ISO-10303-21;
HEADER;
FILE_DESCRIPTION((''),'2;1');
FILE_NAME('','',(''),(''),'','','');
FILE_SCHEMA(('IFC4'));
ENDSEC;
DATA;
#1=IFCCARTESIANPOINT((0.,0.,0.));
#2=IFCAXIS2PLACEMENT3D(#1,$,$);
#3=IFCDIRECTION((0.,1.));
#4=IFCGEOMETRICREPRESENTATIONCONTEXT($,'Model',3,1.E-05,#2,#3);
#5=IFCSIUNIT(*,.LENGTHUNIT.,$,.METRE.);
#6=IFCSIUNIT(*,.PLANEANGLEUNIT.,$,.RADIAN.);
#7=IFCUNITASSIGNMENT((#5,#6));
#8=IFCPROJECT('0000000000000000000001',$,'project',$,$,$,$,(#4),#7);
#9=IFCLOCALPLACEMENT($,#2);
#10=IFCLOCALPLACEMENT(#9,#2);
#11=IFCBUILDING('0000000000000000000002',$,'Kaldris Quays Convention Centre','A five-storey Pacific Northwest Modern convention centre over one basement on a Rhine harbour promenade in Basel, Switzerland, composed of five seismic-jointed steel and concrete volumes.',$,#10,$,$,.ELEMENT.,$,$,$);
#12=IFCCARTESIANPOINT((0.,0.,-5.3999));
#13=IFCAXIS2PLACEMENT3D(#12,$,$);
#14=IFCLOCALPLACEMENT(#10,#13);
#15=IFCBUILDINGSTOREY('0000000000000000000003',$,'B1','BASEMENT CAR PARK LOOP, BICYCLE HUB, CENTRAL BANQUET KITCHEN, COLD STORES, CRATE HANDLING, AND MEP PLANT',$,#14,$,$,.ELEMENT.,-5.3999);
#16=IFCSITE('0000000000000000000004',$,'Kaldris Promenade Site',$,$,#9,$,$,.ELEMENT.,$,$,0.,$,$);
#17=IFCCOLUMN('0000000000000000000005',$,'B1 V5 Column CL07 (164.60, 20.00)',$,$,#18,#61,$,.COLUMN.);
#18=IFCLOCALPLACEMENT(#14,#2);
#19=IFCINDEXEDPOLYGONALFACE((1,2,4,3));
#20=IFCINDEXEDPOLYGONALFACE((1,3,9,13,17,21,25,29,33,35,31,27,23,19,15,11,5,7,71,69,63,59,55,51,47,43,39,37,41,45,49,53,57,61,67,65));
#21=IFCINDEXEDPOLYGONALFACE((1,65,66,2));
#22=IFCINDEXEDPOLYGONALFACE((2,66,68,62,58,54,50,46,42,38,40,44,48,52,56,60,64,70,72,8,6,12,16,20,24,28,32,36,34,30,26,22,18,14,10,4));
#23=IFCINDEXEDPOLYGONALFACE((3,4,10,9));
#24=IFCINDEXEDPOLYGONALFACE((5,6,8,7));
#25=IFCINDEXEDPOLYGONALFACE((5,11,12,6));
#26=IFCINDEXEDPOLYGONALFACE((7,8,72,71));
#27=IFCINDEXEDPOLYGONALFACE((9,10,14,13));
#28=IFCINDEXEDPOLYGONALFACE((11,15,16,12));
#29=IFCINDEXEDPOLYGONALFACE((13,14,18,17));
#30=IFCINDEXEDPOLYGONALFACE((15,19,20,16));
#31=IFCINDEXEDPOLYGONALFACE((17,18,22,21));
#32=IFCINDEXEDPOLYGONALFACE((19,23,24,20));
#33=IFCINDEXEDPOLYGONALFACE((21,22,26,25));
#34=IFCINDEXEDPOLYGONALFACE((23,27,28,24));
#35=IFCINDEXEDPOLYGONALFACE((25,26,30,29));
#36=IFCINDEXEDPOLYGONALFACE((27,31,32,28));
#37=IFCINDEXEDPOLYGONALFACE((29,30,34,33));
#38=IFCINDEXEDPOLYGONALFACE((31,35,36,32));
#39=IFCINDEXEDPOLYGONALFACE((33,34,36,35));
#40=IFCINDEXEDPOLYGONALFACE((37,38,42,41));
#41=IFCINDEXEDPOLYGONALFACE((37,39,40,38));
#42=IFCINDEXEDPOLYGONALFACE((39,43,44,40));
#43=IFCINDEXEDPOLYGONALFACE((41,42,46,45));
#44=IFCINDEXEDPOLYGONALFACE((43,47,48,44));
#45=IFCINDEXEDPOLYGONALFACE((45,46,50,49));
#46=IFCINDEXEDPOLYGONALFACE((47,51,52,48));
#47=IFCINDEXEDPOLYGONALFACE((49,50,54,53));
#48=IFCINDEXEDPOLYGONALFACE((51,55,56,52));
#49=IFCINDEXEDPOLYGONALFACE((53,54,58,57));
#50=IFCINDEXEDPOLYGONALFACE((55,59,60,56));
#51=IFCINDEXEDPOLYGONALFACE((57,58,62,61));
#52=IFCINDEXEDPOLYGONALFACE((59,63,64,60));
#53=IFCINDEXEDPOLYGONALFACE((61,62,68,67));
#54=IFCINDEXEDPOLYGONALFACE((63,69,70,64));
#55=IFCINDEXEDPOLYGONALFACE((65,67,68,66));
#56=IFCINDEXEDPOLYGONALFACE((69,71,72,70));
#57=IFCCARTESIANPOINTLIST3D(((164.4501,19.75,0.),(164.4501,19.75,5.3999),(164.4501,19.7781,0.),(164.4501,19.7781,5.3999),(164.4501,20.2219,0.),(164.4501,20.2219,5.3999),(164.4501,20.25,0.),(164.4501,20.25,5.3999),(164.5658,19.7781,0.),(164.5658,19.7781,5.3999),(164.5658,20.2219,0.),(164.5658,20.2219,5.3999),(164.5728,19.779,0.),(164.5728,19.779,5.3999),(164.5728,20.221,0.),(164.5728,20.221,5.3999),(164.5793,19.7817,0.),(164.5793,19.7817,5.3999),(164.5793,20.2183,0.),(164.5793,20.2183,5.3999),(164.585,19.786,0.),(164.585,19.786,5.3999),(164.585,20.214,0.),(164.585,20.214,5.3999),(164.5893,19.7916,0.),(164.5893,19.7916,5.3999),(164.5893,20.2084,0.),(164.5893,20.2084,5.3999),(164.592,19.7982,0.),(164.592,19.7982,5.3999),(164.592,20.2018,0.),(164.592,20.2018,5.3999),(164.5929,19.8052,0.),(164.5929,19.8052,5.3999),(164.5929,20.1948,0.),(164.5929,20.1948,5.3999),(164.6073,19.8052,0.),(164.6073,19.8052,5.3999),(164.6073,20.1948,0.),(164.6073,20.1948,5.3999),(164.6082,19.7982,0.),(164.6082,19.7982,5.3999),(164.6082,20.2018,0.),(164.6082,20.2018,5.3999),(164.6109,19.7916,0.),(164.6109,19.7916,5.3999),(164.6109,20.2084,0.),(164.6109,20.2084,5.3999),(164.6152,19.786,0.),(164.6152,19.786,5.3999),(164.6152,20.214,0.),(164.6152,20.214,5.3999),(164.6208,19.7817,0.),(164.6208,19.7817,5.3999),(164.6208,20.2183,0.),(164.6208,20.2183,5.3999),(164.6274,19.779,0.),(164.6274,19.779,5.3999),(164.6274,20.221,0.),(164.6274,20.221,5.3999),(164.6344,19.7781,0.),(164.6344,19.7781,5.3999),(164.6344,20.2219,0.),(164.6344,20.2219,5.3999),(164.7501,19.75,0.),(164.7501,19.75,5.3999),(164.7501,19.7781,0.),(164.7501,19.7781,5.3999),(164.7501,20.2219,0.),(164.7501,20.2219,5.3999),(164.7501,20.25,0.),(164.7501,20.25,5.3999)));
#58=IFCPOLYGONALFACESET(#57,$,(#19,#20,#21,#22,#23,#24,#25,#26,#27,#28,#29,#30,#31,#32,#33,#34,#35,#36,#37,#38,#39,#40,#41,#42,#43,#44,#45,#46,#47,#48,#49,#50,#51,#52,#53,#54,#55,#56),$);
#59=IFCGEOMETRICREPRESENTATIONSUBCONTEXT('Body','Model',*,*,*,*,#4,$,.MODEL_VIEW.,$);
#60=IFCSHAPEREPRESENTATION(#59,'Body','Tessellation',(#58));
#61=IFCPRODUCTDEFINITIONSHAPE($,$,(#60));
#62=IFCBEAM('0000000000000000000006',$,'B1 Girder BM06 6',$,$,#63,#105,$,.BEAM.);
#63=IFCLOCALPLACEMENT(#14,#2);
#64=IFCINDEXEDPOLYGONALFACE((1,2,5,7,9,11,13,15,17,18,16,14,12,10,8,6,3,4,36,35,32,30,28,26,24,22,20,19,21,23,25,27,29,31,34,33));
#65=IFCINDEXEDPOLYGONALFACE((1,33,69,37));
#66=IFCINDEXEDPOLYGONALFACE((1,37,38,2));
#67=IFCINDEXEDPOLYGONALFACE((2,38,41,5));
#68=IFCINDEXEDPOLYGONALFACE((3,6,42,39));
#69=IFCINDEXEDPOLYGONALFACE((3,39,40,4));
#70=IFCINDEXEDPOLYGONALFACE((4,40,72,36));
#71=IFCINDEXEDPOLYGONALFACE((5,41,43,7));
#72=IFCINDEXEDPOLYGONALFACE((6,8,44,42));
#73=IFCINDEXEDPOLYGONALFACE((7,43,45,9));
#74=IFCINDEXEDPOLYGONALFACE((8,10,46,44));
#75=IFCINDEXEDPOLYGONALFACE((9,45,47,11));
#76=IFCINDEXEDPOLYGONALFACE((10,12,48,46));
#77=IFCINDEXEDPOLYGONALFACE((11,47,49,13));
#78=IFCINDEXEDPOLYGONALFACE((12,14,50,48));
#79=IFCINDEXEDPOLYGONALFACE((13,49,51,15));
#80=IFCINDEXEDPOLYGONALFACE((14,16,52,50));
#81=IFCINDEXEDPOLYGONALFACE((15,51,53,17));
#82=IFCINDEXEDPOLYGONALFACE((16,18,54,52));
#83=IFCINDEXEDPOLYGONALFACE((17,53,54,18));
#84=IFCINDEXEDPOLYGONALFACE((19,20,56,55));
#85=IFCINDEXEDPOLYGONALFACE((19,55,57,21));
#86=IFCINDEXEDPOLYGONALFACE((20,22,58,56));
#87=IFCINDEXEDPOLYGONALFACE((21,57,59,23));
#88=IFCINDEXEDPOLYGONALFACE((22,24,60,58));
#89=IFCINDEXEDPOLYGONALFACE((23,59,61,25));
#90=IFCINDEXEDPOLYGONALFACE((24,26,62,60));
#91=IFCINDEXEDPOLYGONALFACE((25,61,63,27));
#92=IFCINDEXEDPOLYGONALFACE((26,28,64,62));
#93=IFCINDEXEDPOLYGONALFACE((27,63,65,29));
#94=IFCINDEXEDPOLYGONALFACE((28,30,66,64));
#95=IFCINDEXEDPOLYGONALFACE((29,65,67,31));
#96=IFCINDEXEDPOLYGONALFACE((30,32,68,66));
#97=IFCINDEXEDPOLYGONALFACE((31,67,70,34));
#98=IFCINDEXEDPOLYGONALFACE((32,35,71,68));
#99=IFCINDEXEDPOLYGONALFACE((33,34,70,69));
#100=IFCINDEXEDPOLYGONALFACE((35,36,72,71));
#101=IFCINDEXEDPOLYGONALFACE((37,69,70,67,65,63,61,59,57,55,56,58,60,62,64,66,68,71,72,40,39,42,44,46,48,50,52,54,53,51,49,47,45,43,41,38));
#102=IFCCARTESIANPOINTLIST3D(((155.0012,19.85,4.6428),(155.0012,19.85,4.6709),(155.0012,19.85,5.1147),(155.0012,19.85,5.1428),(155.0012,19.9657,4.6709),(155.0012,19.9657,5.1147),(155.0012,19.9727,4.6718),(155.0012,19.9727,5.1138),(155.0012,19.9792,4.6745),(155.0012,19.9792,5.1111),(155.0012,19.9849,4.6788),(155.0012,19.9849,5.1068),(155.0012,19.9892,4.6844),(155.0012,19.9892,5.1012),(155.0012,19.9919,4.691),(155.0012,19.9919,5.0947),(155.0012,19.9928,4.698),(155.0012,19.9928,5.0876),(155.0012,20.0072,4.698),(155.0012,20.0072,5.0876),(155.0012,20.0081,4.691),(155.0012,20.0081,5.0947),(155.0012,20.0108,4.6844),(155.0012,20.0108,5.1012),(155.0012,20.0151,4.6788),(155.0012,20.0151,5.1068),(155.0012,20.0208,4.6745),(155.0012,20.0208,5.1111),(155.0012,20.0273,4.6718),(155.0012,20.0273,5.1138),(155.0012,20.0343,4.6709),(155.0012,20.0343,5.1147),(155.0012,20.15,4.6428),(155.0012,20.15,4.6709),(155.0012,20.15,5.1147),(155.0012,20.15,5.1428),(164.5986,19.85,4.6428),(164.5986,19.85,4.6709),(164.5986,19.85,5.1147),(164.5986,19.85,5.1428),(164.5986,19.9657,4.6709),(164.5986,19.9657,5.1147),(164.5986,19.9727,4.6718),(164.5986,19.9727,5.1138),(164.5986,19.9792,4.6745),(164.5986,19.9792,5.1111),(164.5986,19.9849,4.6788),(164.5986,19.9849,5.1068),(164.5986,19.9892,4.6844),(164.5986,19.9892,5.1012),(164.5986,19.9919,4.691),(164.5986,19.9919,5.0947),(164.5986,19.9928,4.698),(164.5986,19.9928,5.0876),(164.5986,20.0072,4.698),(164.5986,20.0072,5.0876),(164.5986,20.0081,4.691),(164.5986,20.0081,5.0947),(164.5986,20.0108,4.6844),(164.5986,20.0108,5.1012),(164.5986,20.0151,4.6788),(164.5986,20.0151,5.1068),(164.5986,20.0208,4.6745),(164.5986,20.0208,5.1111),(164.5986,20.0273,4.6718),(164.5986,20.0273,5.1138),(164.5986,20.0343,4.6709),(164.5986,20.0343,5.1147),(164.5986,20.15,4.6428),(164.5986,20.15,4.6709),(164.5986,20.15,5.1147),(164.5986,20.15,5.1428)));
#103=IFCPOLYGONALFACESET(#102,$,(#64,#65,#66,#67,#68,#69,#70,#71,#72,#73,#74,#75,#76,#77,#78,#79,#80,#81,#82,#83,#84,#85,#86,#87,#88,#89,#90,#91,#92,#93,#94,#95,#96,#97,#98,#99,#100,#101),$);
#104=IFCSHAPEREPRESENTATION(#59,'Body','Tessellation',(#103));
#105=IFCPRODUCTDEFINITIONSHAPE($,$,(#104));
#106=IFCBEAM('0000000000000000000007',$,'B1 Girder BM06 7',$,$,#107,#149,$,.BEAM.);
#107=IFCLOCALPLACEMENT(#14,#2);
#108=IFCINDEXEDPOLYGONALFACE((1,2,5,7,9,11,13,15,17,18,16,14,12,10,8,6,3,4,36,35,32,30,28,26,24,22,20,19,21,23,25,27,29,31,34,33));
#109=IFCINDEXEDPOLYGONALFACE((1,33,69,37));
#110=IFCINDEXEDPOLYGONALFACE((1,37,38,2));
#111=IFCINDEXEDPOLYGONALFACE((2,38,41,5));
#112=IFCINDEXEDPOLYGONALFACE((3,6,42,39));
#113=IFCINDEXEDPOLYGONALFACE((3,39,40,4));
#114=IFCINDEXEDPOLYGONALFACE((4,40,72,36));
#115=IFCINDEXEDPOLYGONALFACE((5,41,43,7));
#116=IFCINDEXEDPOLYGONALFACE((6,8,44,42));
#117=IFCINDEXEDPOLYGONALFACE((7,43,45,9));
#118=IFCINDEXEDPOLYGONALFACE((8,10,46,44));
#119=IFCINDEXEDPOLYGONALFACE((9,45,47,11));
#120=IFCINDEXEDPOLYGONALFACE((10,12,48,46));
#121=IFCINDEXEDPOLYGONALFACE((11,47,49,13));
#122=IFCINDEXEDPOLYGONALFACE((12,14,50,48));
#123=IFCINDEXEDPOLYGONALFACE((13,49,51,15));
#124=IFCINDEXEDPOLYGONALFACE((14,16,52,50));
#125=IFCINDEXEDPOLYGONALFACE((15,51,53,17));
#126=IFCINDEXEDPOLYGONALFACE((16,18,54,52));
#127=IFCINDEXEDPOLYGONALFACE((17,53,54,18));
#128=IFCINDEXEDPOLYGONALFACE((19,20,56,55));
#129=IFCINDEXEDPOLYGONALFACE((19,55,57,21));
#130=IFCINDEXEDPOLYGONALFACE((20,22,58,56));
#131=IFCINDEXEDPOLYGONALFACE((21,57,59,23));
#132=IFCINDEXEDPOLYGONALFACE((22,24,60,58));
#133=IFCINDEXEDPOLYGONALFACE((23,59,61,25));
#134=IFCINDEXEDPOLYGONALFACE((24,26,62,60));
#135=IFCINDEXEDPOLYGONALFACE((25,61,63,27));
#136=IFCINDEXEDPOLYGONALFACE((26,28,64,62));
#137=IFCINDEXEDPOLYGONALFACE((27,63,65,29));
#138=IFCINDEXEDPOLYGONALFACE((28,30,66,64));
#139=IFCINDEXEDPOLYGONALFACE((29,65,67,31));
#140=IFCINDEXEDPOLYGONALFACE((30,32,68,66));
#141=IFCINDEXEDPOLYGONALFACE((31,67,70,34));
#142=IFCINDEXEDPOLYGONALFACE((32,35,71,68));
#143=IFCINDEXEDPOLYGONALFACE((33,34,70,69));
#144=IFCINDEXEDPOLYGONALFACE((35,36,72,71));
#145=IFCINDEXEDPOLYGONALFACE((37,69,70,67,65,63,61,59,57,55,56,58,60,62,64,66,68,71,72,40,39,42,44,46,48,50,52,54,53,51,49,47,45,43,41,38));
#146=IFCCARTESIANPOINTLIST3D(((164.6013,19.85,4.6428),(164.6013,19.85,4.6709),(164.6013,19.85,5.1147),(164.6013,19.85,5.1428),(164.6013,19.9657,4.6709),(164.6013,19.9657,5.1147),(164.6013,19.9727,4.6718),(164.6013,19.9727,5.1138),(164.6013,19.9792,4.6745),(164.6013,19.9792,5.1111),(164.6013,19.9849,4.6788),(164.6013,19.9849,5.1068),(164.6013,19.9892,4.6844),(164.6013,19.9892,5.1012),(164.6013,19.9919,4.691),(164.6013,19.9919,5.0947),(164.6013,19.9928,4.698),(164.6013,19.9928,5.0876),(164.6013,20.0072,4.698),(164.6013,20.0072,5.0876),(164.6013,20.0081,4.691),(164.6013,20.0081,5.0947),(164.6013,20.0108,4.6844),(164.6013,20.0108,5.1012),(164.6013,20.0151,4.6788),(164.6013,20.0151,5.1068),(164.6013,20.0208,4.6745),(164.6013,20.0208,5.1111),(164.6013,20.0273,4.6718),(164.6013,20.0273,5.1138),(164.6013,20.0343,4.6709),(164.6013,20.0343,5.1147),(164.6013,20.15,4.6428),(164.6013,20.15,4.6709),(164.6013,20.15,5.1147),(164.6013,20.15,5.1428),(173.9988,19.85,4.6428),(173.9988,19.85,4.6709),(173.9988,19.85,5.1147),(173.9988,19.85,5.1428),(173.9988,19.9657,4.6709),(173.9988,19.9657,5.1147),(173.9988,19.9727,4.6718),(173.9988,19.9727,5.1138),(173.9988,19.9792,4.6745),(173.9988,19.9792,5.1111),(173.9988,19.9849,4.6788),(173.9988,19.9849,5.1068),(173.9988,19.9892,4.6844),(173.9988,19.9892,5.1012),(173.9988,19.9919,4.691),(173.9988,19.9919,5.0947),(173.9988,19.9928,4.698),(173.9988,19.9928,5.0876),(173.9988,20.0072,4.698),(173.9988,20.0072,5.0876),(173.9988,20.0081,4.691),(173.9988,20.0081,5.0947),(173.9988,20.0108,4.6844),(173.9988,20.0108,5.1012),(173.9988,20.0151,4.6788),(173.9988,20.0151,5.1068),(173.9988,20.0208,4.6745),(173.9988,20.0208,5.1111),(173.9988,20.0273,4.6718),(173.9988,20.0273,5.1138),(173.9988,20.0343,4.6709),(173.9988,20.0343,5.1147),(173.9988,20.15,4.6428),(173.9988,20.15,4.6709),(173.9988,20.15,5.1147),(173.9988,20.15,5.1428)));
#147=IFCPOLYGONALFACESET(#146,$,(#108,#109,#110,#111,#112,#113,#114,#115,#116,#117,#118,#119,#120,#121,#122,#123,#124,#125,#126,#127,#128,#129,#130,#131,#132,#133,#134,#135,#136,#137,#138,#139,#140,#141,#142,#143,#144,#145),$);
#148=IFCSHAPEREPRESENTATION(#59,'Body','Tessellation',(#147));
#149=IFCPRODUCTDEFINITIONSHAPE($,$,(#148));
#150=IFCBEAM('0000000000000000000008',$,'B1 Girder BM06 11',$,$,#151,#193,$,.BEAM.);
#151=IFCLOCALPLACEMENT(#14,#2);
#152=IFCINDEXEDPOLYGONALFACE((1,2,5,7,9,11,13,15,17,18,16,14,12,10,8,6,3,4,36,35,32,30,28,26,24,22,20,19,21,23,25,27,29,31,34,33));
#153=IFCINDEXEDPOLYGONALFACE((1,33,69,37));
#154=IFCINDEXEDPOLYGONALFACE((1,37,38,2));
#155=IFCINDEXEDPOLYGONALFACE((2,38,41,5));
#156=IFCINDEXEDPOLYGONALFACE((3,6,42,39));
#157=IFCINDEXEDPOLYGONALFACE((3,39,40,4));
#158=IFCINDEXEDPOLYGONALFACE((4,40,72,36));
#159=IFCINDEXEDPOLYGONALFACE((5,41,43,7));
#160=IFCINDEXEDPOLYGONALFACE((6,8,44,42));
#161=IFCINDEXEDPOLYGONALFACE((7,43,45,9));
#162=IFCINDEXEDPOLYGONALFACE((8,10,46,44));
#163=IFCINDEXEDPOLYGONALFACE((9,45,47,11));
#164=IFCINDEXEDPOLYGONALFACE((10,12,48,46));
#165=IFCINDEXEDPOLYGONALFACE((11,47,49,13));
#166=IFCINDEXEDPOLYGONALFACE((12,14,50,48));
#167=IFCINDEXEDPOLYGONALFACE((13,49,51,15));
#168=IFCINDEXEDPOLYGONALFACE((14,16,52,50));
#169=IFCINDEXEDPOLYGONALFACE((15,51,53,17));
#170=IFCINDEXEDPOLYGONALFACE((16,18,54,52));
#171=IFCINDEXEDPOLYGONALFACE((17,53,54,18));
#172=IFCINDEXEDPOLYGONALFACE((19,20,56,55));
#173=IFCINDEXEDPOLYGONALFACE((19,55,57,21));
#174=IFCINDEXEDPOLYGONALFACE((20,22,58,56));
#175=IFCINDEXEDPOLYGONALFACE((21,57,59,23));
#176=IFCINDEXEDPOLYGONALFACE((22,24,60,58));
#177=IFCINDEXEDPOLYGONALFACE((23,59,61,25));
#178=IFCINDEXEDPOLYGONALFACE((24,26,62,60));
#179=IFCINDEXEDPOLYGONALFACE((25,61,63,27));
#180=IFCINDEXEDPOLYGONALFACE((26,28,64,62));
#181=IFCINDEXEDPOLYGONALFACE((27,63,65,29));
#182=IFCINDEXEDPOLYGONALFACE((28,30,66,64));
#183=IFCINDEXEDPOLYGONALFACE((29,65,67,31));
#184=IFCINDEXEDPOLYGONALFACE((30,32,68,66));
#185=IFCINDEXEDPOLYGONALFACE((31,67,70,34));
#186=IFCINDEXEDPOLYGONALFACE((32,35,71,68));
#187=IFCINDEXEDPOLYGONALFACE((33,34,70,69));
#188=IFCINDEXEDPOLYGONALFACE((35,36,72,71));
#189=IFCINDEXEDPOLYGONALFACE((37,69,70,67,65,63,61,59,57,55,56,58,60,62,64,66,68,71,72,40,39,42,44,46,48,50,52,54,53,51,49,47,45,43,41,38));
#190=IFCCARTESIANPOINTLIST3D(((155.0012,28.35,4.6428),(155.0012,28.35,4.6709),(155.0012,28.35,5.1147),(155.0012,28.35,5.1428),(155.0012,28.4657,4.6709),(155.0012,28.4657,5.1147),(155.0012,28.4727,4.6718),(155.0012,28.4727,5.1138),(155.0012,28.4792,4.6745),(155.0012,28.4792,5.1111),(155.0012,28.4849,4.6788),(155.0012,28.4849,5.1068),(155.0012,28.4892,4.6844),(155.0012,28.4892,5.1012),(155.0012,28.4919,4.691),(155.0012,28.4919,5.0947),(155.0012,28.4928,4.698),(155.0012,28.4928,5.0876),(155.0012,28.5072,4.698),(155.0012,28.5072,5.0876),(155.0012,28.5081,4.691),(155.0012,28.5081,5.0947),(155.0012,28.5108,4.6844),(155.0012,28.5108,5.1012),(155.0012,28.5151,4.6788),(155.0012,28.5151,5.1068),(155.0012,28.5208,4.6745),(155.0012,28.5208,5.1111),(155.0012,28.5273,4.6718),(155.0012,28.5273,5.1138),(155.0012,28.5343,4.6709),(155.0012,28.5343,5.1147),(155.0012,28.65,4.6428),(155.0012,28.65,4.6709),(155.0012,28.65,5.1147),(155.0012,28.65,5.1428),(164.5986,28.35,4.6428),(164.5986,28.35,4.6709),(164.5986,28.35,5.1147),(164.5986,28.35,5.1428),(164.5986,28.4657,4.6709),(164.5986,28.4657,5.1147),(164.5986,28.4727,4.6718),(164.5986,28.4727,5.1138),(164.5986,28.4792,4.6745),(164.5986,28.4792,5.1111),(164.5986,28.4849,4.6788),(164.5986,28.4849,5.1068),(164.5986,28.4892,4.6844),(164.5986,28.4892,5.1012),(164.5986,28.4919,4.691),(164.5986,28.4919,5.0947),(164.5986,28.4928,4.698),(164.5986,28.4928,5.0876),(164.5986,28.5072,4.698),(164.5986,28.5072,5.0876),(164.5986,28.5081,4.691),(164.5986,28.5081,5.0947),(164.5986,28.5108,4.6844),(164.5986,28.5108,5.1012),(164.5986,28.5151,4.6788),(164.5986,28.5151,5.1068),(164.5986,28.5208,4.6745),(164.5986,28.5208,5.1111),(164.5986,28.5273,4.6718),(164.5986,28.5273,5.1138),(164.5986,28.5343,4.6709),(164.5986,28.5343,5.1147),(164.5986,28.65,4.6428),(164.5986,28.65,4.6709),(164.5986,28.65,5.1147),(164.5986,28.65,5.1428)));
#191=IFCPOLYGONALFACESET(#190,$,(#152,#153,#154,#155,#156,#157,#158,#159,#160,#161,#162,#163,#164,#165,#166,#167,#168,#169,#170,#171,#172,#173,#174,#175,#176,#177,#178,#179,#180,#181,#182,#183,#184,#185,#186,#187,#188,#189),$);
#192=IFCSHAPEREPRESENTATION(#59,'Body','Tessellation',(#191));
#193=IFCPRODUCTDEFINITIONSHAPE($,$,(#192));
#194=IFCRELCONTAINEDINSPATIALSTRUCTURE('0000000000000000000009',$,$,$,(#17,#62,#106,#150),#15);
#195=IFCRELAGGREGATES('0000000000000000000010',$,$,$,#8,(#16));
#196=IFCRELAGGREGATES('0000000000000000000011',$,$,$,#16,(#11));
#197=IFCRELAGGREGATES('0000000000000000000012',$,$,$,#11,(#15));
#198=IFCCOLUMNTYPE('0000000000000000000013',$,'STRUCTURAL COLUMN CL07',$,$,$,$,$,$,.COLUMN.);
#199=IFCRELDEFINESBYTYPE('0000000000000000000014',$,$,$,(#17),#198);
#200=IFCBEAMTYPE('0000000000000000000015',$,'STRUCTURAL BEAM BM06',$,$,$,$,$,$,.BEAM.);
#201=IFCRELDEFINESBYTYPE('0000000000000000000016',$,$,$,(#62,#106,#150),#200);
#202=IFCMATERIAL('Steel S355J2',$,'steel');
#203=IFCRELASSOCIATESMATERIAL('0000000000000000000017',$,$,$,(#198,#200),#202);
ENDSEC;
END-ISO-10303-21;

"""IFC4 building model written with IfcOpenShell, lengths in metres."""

from ifc_helpers import new_model, si_unit, direction, frame, origin, origin_2d, place, context, subcontext, project, spatial, i_section, extrude, material, material_profile, profile_set, type_object, element, save


model = new_model("IFC4")

# Units and contexts
model_context = context("Model", 3, precision=1e-05, world=origin(), true_north=direction((0.0, 1.0)))
body_context = subcontext(model_context, "Body", "Model", "MODEL_VIEW")
ifc_project = project(units=[si_unit("LENGTHUNIT", "METRE"), si_unit("PLANEANGLEUNIT", "RADIAN")], contexts=[model_context])

# Site, building, storey
site_placement = place(None, origin())
site = spatial("IfcSite", under=ifc_project, at=site_placement, Name="Kaldris Promenade Site", CompositionType="ELEMENT", RefElevation=0.0)
building_placement = place(site_placement, origin())
building = spatial("IfcBuilding", under=site, at=building_placement, Name="Kaldris Quays Convention Centre", Description="A five-storey Pacific Northwest Modern convention centre over one basement on a Rhine harbour promenade in Basel, Switzerland, composed of five seismic-jointed steel and concrete volumes.", CompositionType="ELEMENT")
storey_placement = place(building_placement, frame((0.0, 0.0, -5.3999)))
storey = spatial("IfcBuildingStorey", under=building, at=storey_placement, Name="B1", Description="BASEMENT CAR PARK LOOP, BICYCLE HUB, CENTRAL BANQUET KITCHEN, COLD STORES, CRATE HANDLING, AND MEP PLANT", CompositionType="ELEMENT", Elevation=-5.3999)

# Column
ifc_material_1 = material(Name="Steel S355J2", Category="steel")
ifc_material_profile_1 = material_profile(ifc_material_1, i_section(OverallWidth=0.3, OverallDepth=0.5, WebThickness=0.0144, FlangeThickness=0.0281, FilletRadius=0.0271, at=origin_2d()), Name="HEB 500")
ifc_profile_set_1 = profile_set([ifc_material_profile_1], Name="Steel S355J2")
column_type = type_object("IfcColumnType", Name="STRUCTURAL COLUMN CL07", PredefinedType="COLUMN", material=ifc_profile_set_1)
for number, where, z_axis, x_axis, name in (
    (1, (164.6001, 20.0, 0.0), (0.0, 0.0, 1.0), (1.0, 0.0, 0.0), "B1 V5 Column CL07 (164.60, 20.00)"),
):
    element("IfcColumn", number, at=place(storey_placement, frame(where, z_axis=z_axis, x_axis=x_axis)), inside=storey, type_object=column_type, Name=name, PredefinedType="COLUMN", context=body_context, shape_type="SweptSolid", body=[
        extrude(i_section(OverallWidth=0.3, OverallDepth=0.5, WebThickness=0.0144, FlangeThickness=0.0281, FilletRadius=0.0271, at=origin_2d()), origin(), (0.0, 0.0, 1.0), 5.3999),
    ])

# Beams
ifc_material_profile_2 = material_profile(ifc_material_1, i_section(OverallWidth=0.3, OverallDepth=0.5, WebThickness=0.0144, FlangeThickness=0.0281, FilletRadius=0.0271, at=origin_2d()), Name="HEB 500")
ifc_profile_set_2 = profile_set([ifc_material_profile_2], Name="Steel S355J2")
beam_type_1 = type_object("IfcBeamType", Name="STRUCTURAL BEAM BM06", PredefinedType="BEAM", material=ifc_profile_set_2)
beam_1_placement = place(storey_placement, frame((155.0012, 20.0, 4.8928), z_axis=(1.0, 0.0, 0.0), x_axis=(0.0, 1.0, 0.0)))
element("IfcBeam", 2, at=beam_1_placement, inside=storey, type_object=beam_type_1, Name="B1 Girder BM06 6", PredefinedType="BEAM", context=body_context, shape_type="SweptSolid", body=[
    extrude(i_section(OverallWidth=0.3, OverallDepth=0.5, WebThickness=0.0144, FlangeThickness=0.0281, FilletRadius=0.0271, at=origin_2d()), origin(), (0.0, 0.0, 1.0), 9.5974),
])
beam_2_placement = place(storey_placement, frame((164.6013, 20.0, 4.8928), z_axis=(1.0, 0.0, 0.0), x_axis=(0.0, 1.0, 0.0)))
element("IfcBeam", 3, at=beam_2_placement, inside=storey, type_object=beam_type_1, Name="B1 Girder BM06 7", PredefinedType="BEAM", context=body_context, shape_type="SweptSolid", body=[
    extrude(i_section(OverallWidth=0.3, OverallDepth=0.5, WebThickness=0.0144, FlangeThickness=0.0281, FilletRadius=0.0271, at=origin_2d()), origin(), (0.0, 0.0, 1.0), 9.3975),
])
beam_3_placement = place(storey_placement, frame((155.0012, 28.5, 4.8928), z_axis=(1.0, 0.0, 0.0), x_axis=(0.0, 1.0, 0.0)))
element("IfcBeam", 4, at=beam_3_placement, inside=storey, type_object=beam_type_1, Name="B1 Girder BM06 11", PredefinedType="BEAM", context=body_context, shape_type="SweptSolid", body=[
    extrude(i_section(OverallWidth=0.3, OverallDepth=0.5, WebThickness=0.0144, FlangeThickness=0.0281, FilletRadius=0.0271, at=origin_2d()), origin(), (0.0, 0.0, 1.0), 9.5974),
])

save(model, "model.ifc")
